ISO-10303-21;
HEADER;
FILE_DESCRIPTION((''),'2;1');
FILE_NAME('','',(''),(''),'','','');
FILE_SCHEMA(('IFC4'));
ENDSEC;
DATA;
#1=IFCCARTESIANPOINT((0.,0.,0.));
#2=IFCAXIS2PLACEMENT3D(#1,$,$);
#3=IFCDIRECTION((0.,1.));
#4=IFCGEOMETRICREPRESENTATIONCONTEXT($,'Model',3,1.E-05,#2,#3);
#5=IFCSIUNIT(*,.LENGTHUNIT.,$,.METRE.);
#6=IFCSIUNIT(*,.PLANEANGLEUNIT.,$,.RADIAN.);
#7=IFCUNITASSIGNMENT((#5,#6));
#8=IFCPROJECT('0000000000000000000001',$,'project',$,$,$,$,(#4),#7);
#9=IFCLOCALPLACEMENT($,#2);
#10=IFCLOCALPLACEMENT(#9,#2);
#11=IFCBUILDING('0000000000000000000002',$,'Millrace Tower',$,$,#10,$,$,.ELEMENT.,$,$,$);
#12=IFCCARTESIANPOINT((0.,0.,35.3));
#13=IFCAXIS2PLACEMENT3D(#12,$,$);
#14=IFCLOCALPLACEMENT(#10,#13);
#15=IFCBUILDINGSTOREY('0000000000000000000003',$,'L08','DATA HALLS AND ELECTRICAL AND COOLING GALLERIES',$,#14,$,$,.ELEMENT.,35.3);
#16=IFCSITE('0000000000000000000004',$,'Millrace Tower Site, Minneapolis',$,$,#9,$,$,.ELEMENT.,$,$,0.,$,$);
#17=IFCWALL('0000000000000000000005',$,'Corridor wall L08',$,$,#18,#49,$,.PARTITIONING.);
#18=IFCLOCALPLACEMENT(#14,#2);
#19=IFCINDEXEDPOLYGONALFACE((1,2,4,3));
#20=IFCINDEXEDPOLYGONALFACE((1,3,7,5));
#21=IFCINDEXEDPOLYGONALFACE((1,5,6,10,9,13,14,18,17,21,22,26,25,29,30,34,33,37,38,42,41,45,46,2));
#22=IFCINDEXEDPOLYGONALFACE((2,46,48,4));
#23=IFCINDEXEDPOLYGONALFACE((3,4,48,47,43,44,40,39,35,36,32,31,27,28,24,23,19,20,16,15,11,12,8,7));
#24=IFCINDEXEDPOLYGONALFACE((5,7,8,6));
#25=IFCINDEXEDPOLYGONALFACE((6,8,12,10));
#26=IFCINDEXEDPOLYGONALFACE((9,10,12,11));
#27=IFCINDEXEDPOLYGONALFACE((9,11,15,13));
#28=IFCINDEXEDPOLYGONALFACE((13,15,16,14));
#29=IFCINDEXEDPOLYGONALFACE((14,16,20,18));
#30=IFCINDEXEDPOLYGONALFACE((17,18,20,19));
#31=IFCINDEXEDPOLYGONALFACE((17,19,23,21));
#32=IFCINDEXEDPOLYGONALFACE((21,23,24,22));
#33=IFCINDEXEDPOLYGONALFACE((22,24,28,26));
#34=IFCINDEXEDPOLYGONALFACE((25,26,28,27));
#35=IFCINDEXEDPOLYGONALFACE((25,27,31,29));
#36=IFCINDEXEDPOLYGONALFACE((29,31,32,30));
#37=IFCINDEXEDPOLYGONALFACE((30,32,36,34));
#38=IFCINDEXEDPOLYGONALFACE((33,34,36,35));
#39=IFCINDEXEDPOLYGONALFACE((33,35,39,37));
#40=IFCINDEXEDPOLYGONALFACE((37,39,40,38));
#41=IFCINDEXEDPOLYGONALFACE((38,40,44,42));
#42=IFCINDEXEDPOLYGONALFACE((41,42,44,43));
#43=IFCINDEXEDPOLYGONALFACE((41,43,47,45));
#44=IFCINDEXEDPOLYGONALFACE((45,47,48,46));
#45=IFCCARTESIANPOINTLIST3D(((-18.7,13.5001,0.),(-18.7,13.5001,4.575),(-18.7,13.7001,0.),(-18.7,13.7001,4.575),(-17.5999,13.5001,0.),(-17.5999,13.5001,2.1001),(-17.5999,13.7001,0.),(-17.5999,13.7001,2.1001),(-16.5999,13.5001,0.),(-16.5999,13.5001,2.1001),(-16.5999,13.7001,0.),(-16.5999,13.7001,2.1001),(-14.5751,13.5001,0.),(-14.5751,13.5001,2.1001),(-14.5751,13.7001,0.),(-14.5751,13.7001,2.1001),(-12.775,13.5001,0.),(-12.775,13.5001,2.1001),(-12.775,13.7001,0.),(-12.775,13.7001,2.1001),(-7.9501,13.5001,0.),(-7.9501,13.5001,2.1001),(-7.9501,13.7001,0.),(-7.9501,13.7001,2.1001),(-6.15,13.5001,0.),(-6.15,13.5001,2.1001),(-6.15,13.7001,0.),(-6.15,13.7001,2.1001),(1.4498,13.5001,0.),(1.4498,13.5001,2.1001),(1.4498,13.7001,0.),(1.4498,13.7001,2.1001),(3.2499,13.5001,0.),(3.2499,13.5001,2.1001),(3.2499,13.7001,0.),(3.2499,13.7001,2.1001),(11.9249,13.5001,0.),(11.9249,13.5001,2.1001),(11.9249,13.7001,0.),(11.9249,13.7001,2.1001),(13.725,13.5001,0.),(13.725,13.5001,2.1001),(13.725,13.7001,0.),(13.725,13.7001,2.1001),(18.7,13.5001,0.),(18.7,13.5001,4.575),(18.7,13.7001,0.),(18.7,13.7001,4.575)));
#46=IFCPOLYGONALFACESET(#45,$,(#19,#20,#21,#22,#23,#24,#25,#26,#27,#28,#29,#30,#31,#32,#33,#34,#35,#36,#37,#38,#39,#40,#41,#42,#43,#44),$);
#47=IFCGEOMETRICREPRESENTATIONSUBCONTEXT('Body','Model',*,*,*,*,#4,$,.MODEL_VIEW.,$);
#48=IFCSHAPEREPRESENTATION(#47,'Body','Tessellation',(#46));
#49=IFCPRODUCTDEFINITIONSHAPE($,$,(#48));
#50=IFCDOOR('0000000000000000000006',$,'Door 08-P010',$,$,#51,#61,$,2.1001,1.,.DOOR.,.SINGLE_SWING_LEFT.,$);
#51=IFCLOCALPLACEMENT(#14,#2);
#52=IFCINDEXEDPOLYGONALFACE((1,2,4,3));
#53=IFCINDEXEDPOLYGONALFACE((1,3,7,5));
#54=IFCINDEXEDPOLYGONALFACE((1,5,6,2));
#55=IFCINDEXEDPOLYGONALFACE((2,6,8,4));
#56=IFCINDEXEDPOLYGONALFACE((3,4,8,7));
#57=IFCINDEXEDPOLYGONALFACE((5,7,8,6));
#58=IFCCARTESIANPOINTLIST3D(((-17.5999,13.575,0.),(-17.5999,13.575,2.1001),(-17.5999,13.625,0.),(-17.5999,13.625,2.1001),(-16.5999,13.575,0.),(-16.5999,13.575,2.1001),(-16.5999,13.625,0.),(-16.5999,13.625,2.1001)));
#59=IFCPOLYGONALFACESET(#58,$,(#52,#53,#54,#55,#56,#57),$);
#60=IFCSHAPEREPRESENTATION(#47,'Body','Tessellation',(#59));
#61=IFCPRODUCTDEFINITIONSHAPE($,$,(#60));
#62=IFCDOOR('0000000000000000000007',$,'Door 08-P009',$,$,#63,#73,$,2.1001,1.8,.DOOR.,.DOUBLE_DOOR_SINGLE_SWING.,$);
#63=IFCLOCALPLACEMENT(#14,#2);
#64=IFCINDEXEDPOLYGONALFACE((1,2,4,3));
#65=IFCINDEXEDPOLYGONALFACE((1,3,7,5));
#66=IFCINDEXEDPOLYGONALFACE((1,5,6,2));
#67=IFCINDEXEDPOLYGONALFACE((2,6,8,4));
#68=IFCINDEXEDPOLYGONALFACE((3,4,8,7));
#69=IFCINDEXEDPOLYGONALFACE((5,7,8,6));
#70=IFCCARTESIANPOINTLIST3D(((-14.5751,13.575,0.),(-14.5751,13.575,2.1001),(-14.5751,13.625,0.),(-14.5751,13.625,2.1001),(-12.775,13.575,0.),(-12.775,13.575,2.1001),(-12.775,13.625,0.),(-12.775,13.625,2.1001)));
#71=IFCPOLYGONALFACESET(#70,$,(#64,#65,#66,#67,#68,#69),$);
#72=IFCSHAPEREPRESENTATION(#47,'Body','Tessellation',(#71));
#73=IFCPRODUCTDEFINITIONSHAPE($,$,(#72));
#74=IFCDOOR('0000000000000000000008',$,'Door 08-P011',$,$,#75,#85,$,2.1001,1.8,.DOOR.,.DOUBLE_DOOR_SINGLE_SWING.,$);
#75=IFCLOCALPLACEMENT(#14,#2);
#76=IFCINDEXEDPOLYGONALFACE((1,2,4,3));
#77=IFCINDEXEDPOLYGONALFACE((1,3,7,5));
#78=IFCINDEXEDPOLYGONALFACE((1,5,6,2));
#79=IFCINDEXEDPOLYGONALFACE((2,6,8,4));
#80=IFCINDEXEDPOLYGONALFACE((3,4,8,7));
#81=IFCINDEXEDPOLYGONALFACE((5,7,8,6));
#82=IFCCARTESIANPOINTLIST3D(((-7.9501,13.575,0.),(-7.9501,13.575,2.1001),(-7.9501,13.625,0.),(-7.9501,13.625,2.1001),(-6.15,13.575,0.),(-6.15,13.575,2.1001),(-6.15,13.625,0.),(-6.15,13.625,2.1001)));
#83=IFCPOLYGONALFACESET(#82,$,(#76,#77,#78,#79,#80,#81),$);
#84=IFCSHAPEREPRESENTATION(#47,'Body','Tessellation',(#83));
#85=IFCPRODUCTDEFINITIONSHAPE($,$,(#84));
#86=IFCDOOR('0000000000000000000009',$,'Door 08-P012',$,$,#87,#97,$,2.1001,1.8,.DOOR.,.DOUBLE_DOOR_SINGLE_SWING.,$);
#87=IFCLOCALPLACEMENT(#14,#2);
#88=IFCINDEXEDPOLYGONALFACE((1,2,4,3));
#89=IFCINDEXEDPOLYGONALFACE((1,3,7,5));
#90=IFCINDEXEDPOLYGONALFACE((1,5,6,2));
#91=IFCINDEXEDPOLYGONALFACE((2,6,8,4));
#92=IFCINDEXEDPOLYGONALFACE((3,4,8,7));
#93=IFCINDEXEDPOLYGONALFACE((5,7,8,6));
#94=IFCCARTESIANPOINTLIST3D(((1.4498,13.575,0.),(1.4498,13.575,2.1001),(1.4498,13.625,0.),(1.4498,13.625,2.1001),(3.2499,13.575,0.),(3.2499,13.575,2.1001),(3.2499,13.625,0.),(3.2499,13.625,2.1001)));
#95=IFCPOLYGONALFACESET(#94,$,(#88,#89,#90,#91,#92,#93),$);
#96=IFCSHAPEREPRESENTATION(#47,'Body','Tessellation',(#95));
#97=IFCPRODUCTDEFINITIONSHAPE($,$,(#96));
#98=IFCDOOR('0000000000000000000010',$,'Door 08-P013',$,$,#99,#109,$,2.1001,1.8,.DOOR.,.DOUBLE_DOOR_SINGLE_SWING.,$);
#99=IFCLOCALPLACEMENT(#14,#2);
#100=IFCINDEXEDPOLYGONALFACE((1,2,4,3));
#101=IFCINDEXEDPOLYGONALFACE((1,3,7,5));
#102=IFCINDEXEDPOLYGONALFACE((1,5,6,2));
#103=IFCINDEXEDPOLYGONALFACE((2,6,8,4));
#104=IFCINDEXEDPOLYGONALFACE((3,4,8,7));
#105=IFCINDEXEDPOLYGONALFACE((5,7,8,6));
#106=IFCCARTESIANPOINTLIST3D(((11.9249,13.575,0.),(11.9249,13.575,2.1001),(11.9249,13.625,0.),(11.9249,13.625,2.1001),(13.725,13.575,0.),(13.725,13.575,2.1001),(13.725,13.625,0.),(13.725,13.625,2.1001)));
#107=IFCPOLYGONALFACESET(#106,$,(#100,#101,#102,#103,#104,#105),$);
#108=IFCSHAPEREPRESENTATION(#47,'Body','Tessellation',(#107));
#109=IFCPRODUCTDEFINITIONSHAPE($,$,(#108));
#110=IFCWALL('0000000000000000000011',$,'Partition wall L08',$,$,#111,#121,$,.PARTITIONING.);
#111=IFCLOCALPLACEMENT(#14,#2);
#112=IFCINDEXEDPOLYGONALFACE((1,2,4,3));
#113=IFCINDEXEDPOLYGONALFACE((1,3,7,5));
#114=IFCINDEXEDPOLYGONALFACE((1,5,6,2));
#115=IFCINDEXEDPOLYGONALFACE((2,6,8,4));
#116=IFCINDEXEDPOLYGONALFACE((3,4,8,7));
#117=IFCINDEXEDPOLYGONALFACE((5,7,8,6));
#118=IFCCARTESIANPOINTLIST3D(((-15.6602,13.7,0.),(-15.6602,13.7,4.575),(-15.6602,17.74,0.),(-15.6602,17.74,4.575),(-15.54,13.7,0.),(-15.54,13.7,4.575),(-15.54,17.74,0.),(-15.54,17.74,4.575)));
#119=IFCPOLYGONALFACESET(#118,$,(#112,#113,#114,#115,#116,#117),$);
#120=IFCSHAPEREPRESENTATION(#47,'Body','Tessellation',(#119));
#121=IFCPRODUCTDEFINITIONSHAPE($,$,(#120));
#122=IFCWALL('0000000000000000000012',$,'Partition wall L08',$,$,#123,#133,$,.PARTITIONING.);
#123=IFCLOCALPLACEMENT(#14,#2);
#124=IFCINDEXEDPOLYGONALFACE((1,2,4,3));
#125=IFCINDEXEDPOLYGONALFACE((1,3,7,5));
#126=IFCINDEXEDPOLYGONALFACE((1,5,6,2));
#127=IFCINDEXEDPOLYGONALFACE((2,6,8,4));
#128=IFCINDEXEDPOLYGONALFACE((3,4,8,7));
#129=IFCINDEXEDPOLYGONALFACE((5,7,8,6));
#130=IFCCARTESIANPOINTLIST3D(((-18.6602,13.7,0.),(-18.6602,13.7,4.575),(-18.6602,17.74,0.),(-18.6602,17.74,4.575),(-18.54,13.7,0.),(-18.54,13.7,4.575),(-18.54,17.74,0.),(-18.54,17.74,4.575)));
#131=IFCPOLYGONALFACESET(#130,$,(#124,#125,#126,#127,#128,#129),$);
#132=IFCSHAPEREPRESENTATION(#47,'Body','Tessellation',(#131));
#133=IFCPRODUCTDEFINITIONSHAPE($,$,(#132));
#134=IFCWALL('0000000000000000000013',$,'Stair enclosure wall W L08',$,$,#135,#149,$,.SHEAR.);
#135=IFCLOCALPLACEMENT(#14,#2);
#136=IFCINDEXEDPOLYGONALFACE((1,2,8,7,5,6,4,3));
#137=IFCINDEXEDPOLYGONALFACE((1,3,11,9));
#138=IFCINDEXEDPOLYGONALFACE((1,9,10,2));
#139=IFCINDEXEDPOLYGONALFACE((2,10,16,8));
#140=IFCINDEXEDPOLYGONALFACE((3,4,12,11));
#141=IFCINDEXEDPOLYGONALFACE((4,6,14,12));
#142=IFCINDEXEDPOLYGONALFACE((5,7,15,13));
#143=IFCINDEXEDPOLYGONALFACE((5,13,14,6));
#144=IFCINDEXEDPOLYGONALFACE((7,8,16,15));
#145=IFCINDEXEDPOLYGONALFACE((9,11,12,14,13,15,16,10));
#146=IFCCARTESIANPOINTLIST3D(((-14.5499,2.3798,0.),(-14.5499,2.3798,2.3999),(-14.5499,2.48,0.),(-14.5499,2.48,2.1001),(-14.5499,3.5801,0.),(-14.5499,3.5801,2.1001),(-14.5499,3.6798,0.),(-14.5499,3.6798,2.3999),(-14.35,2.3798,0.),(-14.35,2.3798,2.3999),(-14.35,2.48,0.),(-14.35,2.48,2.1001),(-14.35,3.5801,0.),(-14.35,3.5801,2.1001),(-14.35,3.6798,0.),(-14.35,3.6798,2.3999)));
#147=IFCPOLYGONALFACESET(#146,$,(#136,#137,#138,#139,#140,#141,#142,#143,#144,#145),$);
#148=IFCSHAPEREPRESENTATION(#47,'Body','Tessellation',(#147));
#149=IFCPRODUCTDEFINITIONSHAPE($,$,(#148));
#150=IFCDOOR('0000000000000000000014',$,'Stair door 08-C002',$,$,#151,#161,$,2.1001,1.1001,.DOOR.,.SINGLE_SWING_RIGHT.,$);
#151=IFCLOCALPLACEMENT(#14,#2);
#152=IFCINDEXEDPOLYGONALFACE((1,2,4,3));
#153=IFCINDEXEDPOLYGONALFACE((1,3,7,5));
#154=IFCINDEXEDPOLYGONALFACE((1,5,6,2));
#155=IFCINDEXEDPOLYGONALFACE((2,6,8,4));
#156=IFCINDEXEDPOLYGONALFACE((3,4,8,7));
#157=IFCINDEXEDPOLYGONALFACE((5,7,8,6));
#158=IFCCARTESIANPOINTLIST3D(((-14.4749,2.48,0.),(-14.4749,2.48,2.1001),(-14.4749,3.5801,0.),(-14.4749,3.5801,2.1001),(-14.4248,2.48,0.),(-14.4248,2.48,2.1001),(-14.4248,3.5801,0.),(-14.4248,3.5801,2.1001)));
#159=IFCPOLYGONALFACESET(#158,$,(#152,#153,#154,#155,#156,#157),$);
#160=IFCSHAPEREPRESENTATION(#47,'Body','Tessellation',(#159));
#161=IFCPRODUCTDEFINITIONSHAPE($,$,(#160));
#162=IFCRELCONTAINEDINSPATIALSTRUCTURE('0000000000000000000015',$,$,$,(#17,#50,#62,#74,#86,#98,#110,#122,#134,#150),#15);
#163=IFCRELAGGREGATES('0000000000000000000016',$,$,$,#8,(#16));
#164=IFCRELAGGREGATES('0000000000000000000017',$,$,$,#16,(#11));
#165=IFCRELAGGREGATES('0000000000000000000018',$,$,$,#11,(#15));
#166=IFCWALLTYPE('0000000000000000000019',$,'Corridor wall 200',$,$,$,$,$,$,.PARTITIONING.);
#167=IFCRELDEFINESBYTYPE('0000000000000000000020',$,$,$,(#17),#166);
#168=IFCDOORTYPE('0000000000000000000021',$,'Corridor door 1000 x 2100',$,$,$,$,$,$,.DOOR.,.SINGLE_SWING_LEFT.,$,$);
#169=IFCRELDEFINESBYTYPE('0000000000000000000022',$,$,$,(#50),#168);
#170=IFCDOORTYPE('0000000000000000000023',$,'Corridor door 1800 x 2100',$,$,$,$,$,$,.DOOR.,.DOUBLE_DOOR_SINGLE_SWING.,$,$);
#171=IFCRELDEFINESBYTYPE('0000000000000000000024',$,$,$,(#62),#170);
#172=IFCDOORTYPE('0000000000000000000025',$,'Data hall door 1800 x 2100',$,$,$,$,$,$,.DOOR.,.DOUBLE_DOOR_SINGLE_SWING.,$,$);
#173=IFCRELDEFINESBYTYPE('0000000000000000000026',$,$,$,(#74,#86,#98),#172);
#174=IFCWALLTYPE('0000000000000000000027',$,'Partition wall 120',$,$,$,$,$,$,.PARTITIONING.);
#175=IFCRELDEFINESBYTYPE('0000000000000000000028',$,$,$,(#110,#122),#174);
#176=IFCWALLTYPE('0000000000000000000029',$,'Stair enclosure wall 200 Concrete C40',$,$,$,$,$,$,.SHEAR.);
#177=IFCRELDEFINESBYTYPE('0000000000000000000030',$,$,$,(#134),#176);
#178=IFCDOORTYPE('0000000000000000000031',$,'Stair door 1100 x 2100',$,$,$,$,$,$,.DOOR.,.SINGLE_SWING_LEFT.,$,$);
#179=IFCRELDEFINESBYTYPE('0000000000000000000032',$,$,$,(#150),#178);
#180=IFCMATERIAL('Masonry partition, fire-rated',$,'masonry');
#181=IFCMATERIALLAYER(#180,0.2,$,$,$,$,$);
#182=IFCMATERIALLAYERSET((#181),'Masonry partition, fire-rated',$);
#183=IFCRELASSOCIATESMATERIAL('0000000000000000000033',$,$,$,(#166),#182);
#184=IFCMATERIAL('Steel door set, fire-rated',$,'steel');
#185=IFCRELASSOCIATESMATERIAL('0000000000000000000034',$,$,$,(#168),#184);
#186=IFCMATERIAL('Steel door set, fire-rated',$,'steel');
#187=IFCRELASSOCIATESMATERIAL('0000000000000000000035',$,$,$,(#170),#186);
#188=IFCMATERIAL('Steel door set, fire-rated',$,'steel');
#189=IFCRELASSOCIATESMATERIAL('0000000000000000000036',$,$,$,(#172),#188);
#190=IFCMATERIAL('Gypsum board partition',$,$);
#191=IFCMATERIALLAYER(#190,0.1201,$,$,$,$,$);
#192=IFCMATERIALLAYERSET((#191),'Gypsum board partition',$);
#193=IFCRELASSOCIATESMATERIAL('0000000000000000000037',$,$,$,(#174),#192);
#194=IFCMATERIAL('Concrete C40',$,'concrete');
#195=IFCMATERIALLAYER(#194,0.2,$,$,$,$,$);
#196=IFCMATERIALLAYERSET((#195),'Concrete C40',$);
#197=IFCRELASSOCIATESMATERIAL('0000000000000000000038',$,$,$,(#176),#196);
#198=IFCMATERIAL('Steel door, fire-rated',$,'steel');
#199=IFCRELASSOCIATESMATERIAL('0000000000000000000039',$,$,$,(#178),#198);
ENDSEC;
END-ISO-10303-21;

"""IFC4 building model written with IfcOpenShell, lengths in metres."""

from ifc_helpers import new_model, si_unit, direction, frame, frame_2d, origin, place, context, subcontext, project, spatial, rectangle, extrude, material, layer, layer_set, type_object, element, fill, save


model = new_model("IFC4")

# Units and contexts
model_context = context("Model", 3, precision=1e-05, world=origin(), true_north=direction((0.0, 1.0)))
body_context = subcontext(model_context, "Body", "Model", "MODEL_VIEW")
ifc_project = project(units=[si_unit("LENGTHUNIT", "METRE"), si_unit("PLANEANGLEUNIT", "RADIAN")], contexts=[model_context])

# Site, building, storey
site_placement = place(None, origin())
site = spatial("IfcSite", under=ifc_project, at=site_placement, Name="Millrace Tower Site, Minneapolis", CompositionType="ELEMENT", RefElevation=0.0)
building_placement = place(site_placement, origin())
building = spatial("IfcBuilding", under=site, at=building_placement, Name="Millrace Tower", CompositionType="ELEMENT")
storey_placement = place(building_placement, frame((0.0, 0.0, 35.3)))
storey = spatial("IfcBuildingStorey", under=building, at=storey_placement, Name="L08", Description="DATA HALLS AND ELECTRICAL AND COOLING GALLERIES", CompositionType="ELEMENT", Elevation=35.3)

# Shared definitions
ifc_material_1 = material(Name="Masonry partition, fire-rated", Category="masonry")
ifc_layer_1 = layer(ifc_material_1, 0.2)
ifc_layer_set_1 = layer_set([ifc_layer_1], Name="Masonry partition, fire-rated")
wall_type_1 = type_object("IfcWallType", Name="Corridor wall 200", PredefinedType="PARTITIONING", material=ifc_layer_set_1)

# Wall, openings, doors
wall_1_placement = place(storey_placement, frame((-18.7, 13.6001, 0.0), z_axis=(0.0, 0.0, 1.0), x_axis=(1.0, 0.0, 0.0)))
wall_1 = element("IfcWall", 1, at=wall_1_placement, inside=storey, type_object=wall_type_1, Name="Corridor wall L08", PredefinedType="PARTITIONING", context=body_context, shape_type="SweptSolid", body=[
    extrude(rectangle(XDim=37.3999, YDim=0.2, at=frame_2d((18.7, 0.0))), origin(), (0.0, 0.0, 1.0), 4.575),
])
opening_1_placement = place(wall_1_placement, frame((4.125, 0.0, 0.0)))
opening_1 = element("IfcOpeningElement", 2, at=opening_1_placement, cuts=wall_1, PredefinedType="OPENING", context=body_context, shape_type="SweptSolid", body=[
    extrude(rectangle(XDim=1.8, YDim=2.1001, at=frame_2d((0.8999, 1.05))), frame((0.0, 0.1099, 0.0), z_axis=(0.0, -1.0, 0.0), x_axis=(1.0, 0.0, 0.0)), (0.0, 0.0, 1.0), 0.22),
])
opening_2_placement = place(wall_1_placement, frame((1.1001, 0.0, 0.0)))
opening_2 = element("IfcOpeningElement", 3, at=opening_2_placement, cuts=wall_1, PredefinedType="OPENING", context=body_context, shape_type="SweptSolid", body=[
    extrude(rectangle(XDim=1.0, YDim=2.1001, at=frame_2d((0.5, 1.05))), frame((0.0, 0.1099, 0.0), z_axis=(0.0, -1.0, 0.0), x_axis=(1.0, 0.0, 0.0)), (0.0, 0.0, 1.0), 0.22),
])
opening_3_placement = place(wall_1_placement, frame((10.75, 0.0, 0.0)))
opening_3 = element("IfcOpeningElement", 4, at=opening_3_placement, cuts=wall_1, PredefinedType="OPENING", context=body_context, shape_type="SweptSolid", body=[
    extrude(rectangle(XDim=1.8, YDim=2.1001, at=frame_2d((0.8999, 1.05))), frame((0.0, 0.1099, 0.0), z_axis=(0.0, -1.0, 0.0), x_axis=(1.0, 0.0, 0.0)), (0.0, 0.0, 1.0), 0.22),
])
opening_4_placement = place(wall_1_placement, frame((20.1499, 0.0, 0.0)))
opening_4 = element("IfcOpeningElement", 5, at=opening_4_placement, cuts=wall_1, PredefinedType="OPENING", context=body_context, shape_type="SweptSolid", body=[
    extrude(rectangle(XDim=1.8, YDim=2.1001, at=frame_2d((0.8999, 1.05))), frame((0.0, 0.1099, 0.0), z_axis=(0.0, -1.0, 0.0), x_axis=(1.0, 0.0, 0.0)), (0.0, 0.0, 1.0), 0.22),
])
opening_5_placement = place(wall_1_placement, frame((30.625, 0.0, 0.0)))
opening_5 = element("IfcOpeningElement", 6, at=opening_5_placement, cuts=wall_1, PredefinedType="OPENING", context=body_context, shape_type="SweptSolid", body=[
    extrude(rectangle(XDim=1.8, YDim=2.1001, at=frame_2d((0.8999, 1.05))), frame((0.0, 0.1099, 0.0), z_axis=(0.0, -1.0, 0.0), x_axis=(1.0, 0.0, 0.0)), (0.0, 0.0, 1.0), 0.22),
])
ifc_material_2 = material(Name="Steel door set, fire-rated", Category="steel")
door_type_1 = type_object("IfcDoorType", Name="Corridor door 1000 x 2100", OperationType="SINGLE_SWING_LEFT", PredefinedType="DOOR", material=ifc_material_2)
door_1_placement = place(opening_2_placement, origin())
door_1 = element("IfcDoor", 7, at=door_1_placement, inside=storey, type_object=door_type_1, Name="Door 08-P010", OperationType="SINGLE_SWING_LEFT", OverallHeight=2.1001, OverallWidth=1.0, PredefinedType="DOOR", context=body_context, shape_type="SweptSolid", body=[
    extrude(rectangle(XDim=1.0, YDim=2.1001, at=frame_2d((0.5, 1.05))), frame((0.0, 0.0249, 0.0), z_axis=(0.0, -1.0, 0.0), x_axis=(1.0, 0.0, 0.0)), (0.0, 0.0, 1.0), 0.05),
])
fill(opening_2, door_1)
ifc_material_3 = material(Name="Steel door set, fire-rated", Category="steel")
door_type_2 = type_object("IfcDoorType", Name="Corridor door 1800 x 2100", OperationType="DOUBLE_DOOR_SINGLE_SWING", PredefinedType="DOOR", material=ifc_material_3)
door_2_placement = place(opening_1_placement, origin())
door_2 = element("IfcDoor", 8, at=door_2_placement, inside=storey, type_object=door_type_2, Name="Door 08-P009", OperationType="DOUBLE_DOOR_SINGLE_SWING", OverallHeight=2.1001, OverallWidth=1.8, PredefinedType="DOOR", context=body_context, shape_type="SweptSolid", body=[
    extrude(rectangle(XDim=1.8, YDim=2.1001, at=frame_2d((0.8999, 1.05))), frame((0.0, 0.0249, 0.0), z_axis=(0.0, -1.0, 0.0), x_axis=(1.0, 0.0, 0.0)), (0.0, 0.0, 1.0), 0.05),
])
fill(opening_1, door_2)
ifc_material_4 = material(Name="Steel door set, fire-rated", Category="steel")
door_type_3 = type_object("IfcDoorType", Name="Data hall door 1800 x 2100", OperationType="DOUBLE_DOOR_SINGLE_SWING", PredefinedType="DOOR", material=ifc_material_4)
door_3_placement = place(opening_3_placement, origin())
door_3 = element("IfcDoor", 9, at=door_3_placement, inside=storey, type_object=door_type_3, Name="Door 08-P011", OperationType="DOUBLE_DOOR_SINGLE_SWING", OverallHeight=2.1001, OverallWidth=1.8, PredefinedType="DOOR", context=body_context, shape_type="SweptSolid", body=[
    extrude(rectangle(XDim=1.8, YDim=2.1001, at=frame_2d((0.8999, 1.05))), frame((0.0, 0.0249, 0.0), z_axis=(0.0, -1.0, 0.0), x_axis=(1.0, 0.0, 0.0)), (0.0, 0.0, 1.0), 0.05),
])
fill(opening_3, door_3)
door_4_placement = place(opening_4_placement, origin())
door_4 = element("IfcDoor", 10, at=door_4_placement, inside=storey, type_object=door_type_3, Name="Door 08-P012", OperationType="DOUBLE_DOOR_SINGLE_SWING", OverallHeight=2.1001, OverallWidth=1.8, PredefinedType="DOOR", context=body_context, shape_type="SweptSolid", body=[
    extrude(rectangle(XDim=1.8, YDim=2.1001, at=frame_2d((0.8999, 1.05))), frame((0.0, 0.0249, 0.0), z_axis=(0.0, -1.0, 0.0), x_axis=(1.0, 0.0, 0.0)), (0.0, 0.0, 1.0), 0.05),
])
fill(opening_4, door_4)
door_5_placement = place(opening_5_placement, origin())
door_5 = element("IfcDoor", 11, at=door_5_placement, inside=storey, type_object=door_type_3, Name="Door 08-P013", OperationType="DOUBLE_DOOR_SINGLE_SWING", OverallHeight=2.1001, OverallWidth=1.8, PredefinedType="DOOR", context=body_context, shape_type="SweptSolid", body=[
    extrude(rectangle(XDim=1.8, YDim=2.1001, at=frame_2d((0.8999, 1.05))), frame((0.0, 0.0249, 0.0), z_axis=(0.0, -1.0, 0.0), x_axis=(1.0, 0.0, 0.0)), (0.0, 0.0, 1.0), 0.05),
])
fill(opening_5, door_5)

# Walls
ifc_material_5 = material(Name="Gypsum board partition")
ifc_layer_2 = layer(ifc_material_5, 0.1201)
ifc_layer_set_2 = layer_set([ifc_layer_2], Name="Gypsum board partition")
wall_type_2 = type_object("IfcWallType", Name="Partition wall 120", PredefinedType="PARTITIONING", material=ifc_layer_set_2)
for number, where, z_axis, x_axis, name in (
    (12, (-15.6001, 13.7, 0.0), (0.0, 0.0, 1.0), (0.0, 1.0, 0.0), "Partition wall L08"),
    (13, (-18.6001, 13.7, 0.0), (0.0, 0.0, 1.0), (0.0, 1.0, 0.0), "Partition wall L08"),
):
    element("IfcWall", number, at=place(storey_placement, frame(where, z_axis=z_axis, x_axis=x_axis)), inside=storey, type_object=wall_type_2, Name=name, PredefinedType="PARTITIONING", context=body_context, shape_type="SweptSolid", body=[
        extrude(rectangle(XDim=4.04, YDim=0.1201, at=frame_2d((2.02, 0.0))), origin(), (0.0, 0.0, 1.0), 4.575),
    ])

# Wall, opening, door
ifc_material_6 = material(Name="Concrete C40", Category="concrete")
ifc_layer_3 = layer(ifc_material_6, 0.2)
ifc_layer_set_3 = layer_set([ifc_layer_3], Name="Concrete C40")
wall_type_3 = type_object("IfcWallType", Name="Stair enclosure wall 200 Concrete C40", PredefinedType="SHEAR", material=ifc_layer_set_3)
wall_2_placement = place(storey_placement, frame((-14.45, 2.3799, 0.0), z_axis=(0.0, 0.0, 1.0), x_axis=(0.0, 1.0, 0.0)))
wall_2 = element("IfcWall", 14, at=wall_2_placement, inside=storey, type_object=wall_type_3, Name="Stair enclosure wall W L08", PredefinedType="SHEAR", context=body_context, shape_type="SweptSolid", body=[
    extrude(rectangle(XDim=1.3, YDim=0.2, at=frame_2d((0.6499, 0.0))), origin(), (0.0, 0.0, 1.0), 2.3999),
])
opening_6_placement = place(wall_2_placement, frame((0.1001, 0.0, 0.0)))
opening_6 = element("IfcOpeningElement", 15, at=opening_6_placement, cuts=wall_2, PredefinedType="OPENING", context=body_context, shape_type="SweptSolid", body=[
    extrude(rectangle(XDim=1.1001, YDim=2.1001, at=frame_2d((0.55, 1.05))), frame((0.0, 0.1099, 0.0), z_axis=(0.0, -1.0, 0.0), x_axis=(1.0, 0.0, 0.0)), (0.0, 0.0, 1.0), 0.22),
])
ifc_material_7 = material(Name="Steel door, fire-rated", Category="steel")
door_type_4 = type_object("IfcDoorType", Name="Stair door 1100 x 2100", OperationType="SINGLE_SWING_LEFT", PredefinedType="DOOR", material=ifc_material_7)
door_6_placement = place(opening_6_placement, origin())
door_6 = element("IfcDoor", 16, at=door_6_placement, inside=storey, type_object=door_type_4, Name="Stair door 08-C002", OperationType="SINGLE_SWING_RIGHT", OverallHeight=2.1001, OverallWidth=1.1001, PredefinedType="DOOR", context=body_context, shape_type="SweptSolid", body=[
    extrude(rectangle(XDim=1.1001, YDim=2.1001, at=frame_2d((0.55, 1.05))), frame((0.0, 0.0249, 0.0), z_axis=(0.0, -1.0, 0.0), x_axis=(1.0, 0.0, 0.0)), (0.0, 0.0, 1.0), 0.05),
])
fill(opening_6, door_6)

save(model, "model.ifc")
